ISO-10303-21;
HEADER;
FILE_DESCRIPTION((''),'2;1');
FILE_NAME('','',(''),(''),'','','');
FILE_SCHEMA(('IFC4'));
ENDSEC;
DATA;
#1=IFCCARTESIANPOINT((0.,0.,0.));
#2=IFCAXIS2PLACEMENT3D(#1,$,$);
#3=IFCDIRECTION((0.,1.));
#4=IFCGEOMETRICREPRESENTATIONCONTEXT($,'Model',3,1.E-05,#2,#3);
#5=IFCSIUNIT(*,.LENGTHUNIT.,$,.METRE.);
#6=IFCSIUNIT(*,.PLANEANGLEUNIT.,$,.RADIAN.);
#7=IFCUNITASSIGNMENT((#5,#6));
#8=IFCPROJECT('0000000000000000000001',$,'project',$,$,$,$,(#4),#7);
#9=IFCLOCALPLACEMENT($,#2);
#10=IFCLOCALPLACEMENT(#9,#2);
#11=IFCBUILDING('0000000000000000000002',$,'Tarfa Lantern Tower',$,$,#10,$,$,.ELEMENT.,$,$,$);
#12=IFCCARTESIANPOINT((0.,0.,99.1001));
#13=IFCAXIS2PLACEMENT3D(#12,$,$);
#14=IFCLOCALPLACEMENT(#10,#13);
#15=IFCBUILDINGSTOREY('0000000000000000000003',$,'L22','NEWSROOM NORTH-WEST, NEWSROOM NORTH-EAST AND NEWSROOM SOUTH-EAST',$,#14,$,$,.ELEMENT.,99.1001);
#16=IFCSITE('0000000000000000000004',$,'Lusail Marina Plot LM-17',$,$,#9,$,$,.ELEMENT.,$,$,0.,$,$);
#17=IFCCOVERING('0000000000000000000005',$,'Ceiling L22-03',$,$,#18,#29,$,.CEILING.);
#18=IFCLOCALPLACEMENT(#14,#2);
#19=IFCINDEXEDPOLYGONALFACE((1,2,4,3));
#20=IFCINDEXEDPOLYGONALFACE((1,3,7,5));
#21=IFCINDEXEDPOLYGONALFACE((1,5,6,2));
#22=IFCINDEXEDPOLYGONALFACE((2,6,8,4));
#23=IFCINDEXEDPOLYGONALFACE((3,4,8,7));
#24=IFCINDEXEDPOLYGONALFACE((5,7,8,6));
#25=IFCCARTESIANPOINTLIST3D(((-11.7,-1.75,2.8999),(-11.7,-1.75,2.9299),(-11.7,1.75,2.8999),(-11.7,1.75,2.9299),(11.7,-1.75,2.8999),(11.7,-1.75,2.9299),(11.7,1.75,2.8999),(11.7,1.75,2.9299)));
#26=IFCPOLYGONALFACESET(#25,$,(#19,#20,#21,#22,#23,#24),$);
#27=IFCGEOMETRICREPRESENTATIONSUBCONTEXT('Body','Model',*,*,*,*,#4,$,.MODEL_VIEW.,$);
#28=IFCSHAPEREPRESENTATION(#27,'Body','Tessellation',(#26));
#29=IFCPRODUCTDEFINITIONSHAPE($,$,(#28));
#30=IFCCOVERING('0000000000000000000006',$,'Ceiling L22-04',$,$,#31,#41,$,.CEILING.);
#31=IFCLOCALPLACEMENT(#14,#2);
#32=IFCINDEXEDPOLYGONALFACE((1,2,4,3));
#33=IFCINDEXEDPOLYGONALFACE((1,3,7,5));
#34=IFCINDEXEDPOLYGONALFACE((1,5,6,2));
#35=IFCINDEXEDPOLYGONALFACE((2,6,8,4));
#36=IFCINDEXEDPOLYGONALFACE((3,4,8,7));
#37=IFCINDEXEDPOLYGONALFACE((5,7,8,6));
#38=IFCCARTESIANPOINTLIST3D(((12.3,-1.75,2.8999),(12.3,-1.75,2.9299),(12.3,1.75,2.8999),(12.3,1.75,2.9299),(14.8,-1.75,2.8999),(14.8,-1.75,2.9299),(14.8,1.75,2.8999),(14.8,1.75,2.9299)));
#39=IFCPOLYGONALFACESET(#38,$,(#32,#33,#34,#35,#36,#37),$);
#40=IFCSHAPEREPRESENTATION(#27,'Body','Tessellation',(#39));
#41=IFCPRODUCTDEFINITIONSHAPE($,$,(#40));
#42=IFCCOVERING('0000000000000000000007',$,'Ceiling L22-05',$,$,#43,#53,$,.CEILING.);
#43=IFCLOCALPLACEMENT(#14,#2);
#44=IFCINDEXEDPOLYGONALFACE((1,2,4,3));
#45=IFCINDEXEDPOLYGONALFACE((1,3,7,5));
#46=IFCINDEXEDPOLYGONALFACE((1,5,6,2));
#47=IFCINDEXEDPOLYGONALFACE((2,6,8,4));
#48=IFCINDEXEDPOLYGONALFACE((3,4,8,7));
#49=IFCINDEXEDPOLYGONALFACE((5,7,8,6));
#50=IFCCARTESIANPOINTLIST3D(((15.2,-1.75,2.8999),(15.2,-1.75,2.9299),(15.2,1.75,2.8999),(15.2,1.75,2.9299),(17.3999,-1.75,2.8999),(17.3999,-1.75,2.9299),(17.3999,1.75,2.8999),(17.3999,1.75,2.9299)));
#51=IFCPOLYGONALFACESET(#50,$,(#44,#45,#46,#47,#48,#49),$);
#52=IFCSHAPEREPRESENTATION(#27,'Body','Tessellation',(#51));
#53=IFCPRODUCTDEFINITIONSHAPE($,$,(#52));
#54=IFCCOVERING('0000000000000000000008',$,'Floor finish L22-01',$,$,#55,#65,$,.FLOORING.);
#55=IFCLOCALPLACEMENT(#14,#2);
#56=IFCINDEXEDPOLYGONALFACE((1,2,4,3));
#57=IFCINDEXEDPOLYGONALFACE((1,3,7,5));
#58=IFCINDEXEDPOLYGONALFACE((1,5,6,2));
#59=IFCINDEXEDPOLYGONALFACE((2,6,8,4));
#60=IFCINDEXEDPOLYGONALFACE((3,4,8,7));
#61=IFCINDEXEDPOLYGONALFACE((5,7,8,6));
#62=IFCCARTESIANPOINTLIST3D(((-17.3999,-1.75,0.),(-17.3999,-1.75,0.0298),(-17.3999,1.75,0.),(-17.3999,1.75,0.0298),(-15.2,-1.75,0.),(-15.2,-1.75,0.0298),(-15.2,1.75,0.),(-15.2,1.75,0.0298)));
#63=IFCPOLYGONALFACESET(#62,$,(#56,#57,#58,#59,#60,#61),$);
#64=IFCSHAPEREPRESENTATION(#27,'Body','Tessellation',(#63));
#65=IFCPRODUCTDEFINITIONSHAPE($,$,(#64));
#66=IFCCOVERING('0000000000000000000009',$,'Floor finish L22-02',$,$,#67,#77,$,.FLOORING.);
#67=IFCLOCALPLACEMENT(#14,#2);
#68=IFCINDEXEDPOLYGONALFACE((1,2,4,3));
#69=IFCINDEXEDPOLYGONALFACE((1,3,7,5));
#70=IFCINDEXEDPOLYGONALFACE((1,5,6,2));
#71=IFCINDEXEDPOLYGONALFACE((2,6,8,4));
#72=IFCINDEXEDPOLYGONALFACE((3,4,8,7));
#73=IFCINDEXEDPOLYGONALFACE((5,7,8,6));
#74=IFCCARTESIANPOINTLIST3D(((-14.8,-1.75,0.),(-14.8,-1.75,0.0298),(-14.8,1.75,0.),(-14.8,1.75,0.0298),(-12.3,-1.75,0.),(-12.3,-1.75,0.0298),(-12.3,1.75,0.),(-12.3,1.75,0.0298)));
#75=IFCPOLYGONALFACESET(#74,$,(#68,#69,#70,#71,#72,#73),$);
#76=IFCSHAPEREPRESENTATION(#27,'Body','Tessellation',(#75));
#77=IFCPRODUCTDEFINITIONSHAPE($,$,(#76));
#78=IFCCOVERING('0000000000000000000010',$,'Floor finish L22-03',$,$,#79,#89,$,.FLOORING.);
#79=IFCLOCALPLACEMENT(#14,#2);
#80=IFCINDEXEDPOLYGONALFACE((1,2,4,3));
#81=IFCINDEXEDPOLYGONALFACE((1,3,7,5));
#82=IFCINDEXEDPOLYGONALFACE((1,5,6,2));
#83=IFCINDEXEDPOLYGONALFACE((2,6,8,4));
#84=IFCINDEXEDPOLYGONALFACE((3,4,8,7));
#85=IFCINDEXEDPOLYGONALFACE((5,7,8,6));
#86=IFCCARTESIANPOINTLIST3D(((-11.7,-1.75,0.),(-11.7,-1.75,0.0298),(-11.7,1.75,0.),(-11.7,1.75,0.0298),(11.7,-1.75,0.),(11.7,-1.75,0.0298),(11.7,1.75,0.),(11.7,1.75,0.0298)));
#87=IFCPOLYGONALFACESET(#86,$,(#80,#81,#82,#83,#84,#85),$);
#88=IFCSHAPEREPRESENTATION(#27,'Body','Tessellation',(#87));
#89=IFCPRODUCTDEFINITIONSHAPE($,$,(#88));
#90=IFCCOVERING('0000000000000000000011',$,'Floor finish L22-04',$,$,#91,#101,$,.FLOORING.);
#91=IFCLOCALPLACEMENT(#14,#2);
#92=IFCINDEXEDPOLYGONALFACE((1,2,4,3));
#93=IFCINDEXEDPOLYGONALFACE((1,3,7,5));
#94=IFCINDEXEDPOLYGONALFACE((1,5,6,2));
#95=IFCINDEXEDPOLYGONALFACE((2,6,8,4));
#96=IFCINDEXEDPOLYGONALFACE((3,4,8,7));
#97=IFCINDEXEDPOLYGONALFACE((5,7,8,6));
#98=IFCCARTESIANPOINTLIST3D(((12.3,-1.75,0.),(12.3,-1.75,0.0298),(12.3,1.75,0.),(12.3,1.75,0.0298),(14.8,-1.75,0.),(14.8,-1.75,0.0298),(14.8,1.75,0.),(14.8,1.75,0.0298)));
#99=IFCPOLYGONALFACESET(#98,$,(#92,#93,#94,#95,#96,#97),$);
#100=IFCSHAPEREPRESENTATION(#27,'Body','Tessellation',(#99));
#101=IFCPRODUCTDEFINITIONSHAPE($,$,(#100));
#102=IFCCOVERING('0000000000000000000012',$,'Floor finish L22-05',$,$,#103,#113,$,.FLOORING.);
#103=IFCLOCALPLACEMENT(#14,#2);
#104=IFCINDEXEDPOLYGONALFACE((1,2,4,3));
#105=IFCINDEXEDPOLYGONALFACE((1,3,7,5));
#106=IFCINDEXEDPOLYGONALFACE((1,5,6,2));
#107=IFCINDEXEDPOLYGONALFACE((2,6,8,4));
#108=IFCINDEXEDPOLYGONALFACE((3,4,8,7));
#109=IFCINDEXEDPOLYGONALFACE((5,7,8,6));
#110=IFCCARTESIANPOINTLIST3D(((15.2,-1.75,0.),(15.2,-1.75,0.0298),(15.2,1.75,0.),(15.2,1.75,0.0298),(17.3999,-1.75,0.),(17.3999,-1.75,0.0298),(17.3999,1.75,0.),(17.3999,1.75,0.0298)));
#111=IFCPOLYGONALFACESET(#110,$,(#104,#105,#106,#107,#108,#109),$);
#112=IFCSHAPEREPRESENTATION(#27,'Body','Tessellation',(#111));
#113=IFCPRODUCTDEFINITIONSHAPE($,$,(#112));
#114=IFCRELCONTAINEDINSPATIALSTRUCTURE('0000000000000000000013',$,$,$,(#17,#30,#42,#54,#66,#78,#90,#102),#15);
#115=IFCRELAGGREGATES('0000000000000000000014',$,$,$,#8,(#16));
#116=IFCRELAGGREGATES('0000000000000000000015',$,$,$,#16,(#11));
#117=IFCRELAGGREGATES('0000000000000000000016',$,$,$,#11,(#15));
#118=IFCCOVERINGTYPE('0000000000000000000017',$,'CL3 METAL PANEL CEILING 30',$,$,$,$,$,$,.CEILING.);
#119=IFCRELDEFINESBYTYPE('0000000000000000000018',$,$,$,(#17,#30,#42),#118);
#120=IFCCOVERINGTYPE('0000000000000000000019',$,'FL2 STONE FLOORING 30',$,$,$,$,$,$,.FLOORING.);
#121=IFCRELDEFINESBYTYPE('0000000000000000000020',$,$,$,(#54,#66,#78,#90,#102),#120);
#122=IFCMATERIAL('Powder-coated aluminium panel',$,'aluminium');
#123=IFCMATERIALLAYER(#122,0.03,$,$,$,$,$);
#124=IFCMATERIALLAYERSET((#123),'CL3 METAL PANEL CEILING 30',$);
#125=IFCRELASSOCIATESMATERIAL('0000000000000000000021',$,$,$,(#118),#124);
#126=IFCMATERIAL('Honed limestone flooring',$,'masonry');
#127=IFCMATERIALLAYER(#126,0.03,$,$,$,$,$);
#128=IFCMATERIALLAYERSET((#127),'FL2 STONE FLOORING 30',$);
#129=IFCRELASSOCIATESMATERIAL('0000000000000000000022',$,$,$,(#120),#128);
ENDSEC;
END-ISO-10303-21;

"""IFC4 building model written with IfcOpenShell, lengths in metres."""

from ifc_helpers import new_model, si_unit, direction, frame, origin, place, context, subcontext, project, spatial, polyline, outline, extrude, material, layer, layer_set, type_object, element, save


model = new_model("IFC4")

# Units and contexts
model_context = context("Model", 3, precision=1e-05, world=origin(), true_north=direction((0.0, 1.0)))
body_context = subcontext(model_context, "Body", "Model", "MODEL_VIEW")
ifc_project = project(units=[si_unit("LENGTHUNIT", "METRE"), si_unit("PLANEANGLEUNIT", "RADIAN")], contexts=[model_context])

# Site, building, storey
site_placement = place(None, origin())
site = spatial("IfcSite", under=ifc_project, at=site_placement, Name="Lusail Marina Plot LM-17", CompositionType="ELEMENT", RefElevation=0.0)
building_placement = place(site_placement, origin())
building = spatial("IfcBuilding", under=site, at=building_placement, Name="Tarfa Lantern Tower", CompositionType="ELEMENT")
storey_placement = place(building_placement, frame((0.0, 0.0, 99.1001)))
storey = spatial("IfcBuildingStorey", under=building, at=storey_placement, Name="L22", Description="NEWSROOM NORTH-WEST, NEWSROOM NORTH-EAST AND NEWSROOM SOUTH-EAST", CompositionType="ELEMENT", Elevation=99.1001)

# Coverings
ifc_material_1 = material(Name="Powder-coated aluminium panel", Category="aluminium")
ifc_layer_1 = layer(ifc_material_1, 0.03)
ifc_layer_set_1 = layer_set([ifc_layer_1], Name="CL3 METAL PANEL CEILING 30")
covering_type_1 = type_object("IfcCoveringType", Name="CL3 METAL PANEL CEILING 30", PredefinedType="CEILING", material=ifc_layer_set_1)
covering_1_placement = place(storey_placement, frame((0.0, 0.0, 2.8999)))
element("IfcCovering", 1, at=covering_1_placement, inside=storey, type_object=covering_type_1, Name="Ceiling L22-03", PredefinedType="CEILING", context=body_context, shape_type="SweptSolid", body=[
    extrude(outline(polyline([(-11.7, -1.75), (11.7, -1.75), (11.7, 1.75), (-11.7, 1.75), (-11.7, -1.75)])), origin(), (0.0, 0.0, 1.0), 0.03),
])
covering_2_placement = place(storey_placement, frame((0.0, 0.0, 2.8999)))
element("IfcCovering", 2, at=covering_2_placement, inside=storey, type_object=covering_type_1, Name="Ceiling L22-04", PredefinedType="CEILING", context=body_context, shape_type="SweptSolid", body=[
    extrude(outline(polyline([(12.3, -1.75), (14.8, -1.75), (14.8, 1.75), (12.3, 1.75), (12.3, -1.75)])), origin(), (0.0, 0.0, 1.0), 0.03),
])
covering_3_placement = place(storey_placement, frame((0.0, 0.0, 2.8999)))
element("IfcCovering", 3, at=covering_3_placement, inside=storey, type_object=covering_type_1, Name="Ceiling L22-05", PredefinedType="CEILING", context=body_context, shape_type="SweptSolid", body=[
    extrude(outline(polyline([(15.2, -1.75), (17.3999, -1.75), (17.3999, 1.75), (15.2, 1.75), (15.2, -1.75)])), origin(), (0.0, 0.0, 1.0), 0.03),
])
ifc_material_2 = material(Name="Honed limestone flooring", Category="masonry")
ifc_layer_2 = layer(ifc_material_2, 0.03)
ifc_layer_set_2 = layer_set([ifc_layer_2], Name="FL2 STONE FLOORING 30")
covering_type_2 = type_object("IfcCoveringType", Name="FL2 STONE FLOORING 30", PredefinedType="FLOORING", material=ifc_layer_set_2)
covering_4_placement = place(storey_placement, origin())
element("IfcCovering", 4, at=covering_4_placement, inside=storey, type_object=covering_type_2, Name="Floor finish L22-01", PredefinedType="FLOORING", context=body_context, shape_type="SweptSolid", body=[
    extrude(outline(polyline([(-17.3999, -1.75), (-15.2, -1.75), (-15.2, 1.75), (-17.3999, 1.75), (-17.3999, -1.75)])), origin(), (0.0, 0.0, 1.0), 0.0298),
])
covering_5_placement = place(storey_placement, origin())
element("IfcCovering", 5, at=covering_5_placement, inside=storey, type_object=covering_type_2, Name="Floor finish L22-02", PredefinedType="FLOORING", context=body_context, shape_type="SweptSolid", body=[
    extrude(outline(polyline([(-14.8, -1.75), (-12.3, -1.75), (-12.3, 1.75), (-14.8, 1.75), (-14.8, -1.75)])), origin(), (0.0, 0.0, 1.0), 0.0298),
])
covering_6_placement = place(storey_placement, origin())
element("IfcCovering", 6, at=covering_6_placement, inside=storey, type_object=covering_type_2, Name="Floor finish L22-03", PredefinedType="FLOORING", context=body_context, shape_type="SweptSolid", body=[
    extrude(outline(polyline([(-11.7, -1.75), (11.7, -1.75), (11.7, 1.75), (-11.7, 1.75), (-11.7, -1.75)])), origin(), (0.0, 0.0, 1.0), 0.0298),
])
covering_7_placement = place(storey_placement, origin())
element("IfcCovering", 7, at=covering_7_placement, inside=storey, type_object=covering_type_2, Name="Floor finish L22-04", PredefinedType="FLOORING", context=body_context, shape_type="SweptSolid", body=[
    extrude(outline(polyline([(12.3, -1.75), (14.8, -1.75), (14.8, 1.75), (12.3, 1.75), (12.3, -1.75)])), origin(), (0.0, 0.0, 1.0), 0.0298),
])
covering_8_placement = place(storey_placement, origin())
element("IfcCovering", 8, at=covering_8_placement, inside=storey, type_object=covering_type_2, Name="Floor finish L22-05", PredefinedType="FLOORING", context=body_context, shape_type="SweptSolid", body=[
    extrude(outline(polyline([(15.2, -1.75), (17.3999, -1.75), (17.3999, 1.75), (15.2, 1.75), (15.2, -1.75)])), origin(), (0.0, 0.0, 1.0), 0.0298),
])

save(model, "model.ifc")
